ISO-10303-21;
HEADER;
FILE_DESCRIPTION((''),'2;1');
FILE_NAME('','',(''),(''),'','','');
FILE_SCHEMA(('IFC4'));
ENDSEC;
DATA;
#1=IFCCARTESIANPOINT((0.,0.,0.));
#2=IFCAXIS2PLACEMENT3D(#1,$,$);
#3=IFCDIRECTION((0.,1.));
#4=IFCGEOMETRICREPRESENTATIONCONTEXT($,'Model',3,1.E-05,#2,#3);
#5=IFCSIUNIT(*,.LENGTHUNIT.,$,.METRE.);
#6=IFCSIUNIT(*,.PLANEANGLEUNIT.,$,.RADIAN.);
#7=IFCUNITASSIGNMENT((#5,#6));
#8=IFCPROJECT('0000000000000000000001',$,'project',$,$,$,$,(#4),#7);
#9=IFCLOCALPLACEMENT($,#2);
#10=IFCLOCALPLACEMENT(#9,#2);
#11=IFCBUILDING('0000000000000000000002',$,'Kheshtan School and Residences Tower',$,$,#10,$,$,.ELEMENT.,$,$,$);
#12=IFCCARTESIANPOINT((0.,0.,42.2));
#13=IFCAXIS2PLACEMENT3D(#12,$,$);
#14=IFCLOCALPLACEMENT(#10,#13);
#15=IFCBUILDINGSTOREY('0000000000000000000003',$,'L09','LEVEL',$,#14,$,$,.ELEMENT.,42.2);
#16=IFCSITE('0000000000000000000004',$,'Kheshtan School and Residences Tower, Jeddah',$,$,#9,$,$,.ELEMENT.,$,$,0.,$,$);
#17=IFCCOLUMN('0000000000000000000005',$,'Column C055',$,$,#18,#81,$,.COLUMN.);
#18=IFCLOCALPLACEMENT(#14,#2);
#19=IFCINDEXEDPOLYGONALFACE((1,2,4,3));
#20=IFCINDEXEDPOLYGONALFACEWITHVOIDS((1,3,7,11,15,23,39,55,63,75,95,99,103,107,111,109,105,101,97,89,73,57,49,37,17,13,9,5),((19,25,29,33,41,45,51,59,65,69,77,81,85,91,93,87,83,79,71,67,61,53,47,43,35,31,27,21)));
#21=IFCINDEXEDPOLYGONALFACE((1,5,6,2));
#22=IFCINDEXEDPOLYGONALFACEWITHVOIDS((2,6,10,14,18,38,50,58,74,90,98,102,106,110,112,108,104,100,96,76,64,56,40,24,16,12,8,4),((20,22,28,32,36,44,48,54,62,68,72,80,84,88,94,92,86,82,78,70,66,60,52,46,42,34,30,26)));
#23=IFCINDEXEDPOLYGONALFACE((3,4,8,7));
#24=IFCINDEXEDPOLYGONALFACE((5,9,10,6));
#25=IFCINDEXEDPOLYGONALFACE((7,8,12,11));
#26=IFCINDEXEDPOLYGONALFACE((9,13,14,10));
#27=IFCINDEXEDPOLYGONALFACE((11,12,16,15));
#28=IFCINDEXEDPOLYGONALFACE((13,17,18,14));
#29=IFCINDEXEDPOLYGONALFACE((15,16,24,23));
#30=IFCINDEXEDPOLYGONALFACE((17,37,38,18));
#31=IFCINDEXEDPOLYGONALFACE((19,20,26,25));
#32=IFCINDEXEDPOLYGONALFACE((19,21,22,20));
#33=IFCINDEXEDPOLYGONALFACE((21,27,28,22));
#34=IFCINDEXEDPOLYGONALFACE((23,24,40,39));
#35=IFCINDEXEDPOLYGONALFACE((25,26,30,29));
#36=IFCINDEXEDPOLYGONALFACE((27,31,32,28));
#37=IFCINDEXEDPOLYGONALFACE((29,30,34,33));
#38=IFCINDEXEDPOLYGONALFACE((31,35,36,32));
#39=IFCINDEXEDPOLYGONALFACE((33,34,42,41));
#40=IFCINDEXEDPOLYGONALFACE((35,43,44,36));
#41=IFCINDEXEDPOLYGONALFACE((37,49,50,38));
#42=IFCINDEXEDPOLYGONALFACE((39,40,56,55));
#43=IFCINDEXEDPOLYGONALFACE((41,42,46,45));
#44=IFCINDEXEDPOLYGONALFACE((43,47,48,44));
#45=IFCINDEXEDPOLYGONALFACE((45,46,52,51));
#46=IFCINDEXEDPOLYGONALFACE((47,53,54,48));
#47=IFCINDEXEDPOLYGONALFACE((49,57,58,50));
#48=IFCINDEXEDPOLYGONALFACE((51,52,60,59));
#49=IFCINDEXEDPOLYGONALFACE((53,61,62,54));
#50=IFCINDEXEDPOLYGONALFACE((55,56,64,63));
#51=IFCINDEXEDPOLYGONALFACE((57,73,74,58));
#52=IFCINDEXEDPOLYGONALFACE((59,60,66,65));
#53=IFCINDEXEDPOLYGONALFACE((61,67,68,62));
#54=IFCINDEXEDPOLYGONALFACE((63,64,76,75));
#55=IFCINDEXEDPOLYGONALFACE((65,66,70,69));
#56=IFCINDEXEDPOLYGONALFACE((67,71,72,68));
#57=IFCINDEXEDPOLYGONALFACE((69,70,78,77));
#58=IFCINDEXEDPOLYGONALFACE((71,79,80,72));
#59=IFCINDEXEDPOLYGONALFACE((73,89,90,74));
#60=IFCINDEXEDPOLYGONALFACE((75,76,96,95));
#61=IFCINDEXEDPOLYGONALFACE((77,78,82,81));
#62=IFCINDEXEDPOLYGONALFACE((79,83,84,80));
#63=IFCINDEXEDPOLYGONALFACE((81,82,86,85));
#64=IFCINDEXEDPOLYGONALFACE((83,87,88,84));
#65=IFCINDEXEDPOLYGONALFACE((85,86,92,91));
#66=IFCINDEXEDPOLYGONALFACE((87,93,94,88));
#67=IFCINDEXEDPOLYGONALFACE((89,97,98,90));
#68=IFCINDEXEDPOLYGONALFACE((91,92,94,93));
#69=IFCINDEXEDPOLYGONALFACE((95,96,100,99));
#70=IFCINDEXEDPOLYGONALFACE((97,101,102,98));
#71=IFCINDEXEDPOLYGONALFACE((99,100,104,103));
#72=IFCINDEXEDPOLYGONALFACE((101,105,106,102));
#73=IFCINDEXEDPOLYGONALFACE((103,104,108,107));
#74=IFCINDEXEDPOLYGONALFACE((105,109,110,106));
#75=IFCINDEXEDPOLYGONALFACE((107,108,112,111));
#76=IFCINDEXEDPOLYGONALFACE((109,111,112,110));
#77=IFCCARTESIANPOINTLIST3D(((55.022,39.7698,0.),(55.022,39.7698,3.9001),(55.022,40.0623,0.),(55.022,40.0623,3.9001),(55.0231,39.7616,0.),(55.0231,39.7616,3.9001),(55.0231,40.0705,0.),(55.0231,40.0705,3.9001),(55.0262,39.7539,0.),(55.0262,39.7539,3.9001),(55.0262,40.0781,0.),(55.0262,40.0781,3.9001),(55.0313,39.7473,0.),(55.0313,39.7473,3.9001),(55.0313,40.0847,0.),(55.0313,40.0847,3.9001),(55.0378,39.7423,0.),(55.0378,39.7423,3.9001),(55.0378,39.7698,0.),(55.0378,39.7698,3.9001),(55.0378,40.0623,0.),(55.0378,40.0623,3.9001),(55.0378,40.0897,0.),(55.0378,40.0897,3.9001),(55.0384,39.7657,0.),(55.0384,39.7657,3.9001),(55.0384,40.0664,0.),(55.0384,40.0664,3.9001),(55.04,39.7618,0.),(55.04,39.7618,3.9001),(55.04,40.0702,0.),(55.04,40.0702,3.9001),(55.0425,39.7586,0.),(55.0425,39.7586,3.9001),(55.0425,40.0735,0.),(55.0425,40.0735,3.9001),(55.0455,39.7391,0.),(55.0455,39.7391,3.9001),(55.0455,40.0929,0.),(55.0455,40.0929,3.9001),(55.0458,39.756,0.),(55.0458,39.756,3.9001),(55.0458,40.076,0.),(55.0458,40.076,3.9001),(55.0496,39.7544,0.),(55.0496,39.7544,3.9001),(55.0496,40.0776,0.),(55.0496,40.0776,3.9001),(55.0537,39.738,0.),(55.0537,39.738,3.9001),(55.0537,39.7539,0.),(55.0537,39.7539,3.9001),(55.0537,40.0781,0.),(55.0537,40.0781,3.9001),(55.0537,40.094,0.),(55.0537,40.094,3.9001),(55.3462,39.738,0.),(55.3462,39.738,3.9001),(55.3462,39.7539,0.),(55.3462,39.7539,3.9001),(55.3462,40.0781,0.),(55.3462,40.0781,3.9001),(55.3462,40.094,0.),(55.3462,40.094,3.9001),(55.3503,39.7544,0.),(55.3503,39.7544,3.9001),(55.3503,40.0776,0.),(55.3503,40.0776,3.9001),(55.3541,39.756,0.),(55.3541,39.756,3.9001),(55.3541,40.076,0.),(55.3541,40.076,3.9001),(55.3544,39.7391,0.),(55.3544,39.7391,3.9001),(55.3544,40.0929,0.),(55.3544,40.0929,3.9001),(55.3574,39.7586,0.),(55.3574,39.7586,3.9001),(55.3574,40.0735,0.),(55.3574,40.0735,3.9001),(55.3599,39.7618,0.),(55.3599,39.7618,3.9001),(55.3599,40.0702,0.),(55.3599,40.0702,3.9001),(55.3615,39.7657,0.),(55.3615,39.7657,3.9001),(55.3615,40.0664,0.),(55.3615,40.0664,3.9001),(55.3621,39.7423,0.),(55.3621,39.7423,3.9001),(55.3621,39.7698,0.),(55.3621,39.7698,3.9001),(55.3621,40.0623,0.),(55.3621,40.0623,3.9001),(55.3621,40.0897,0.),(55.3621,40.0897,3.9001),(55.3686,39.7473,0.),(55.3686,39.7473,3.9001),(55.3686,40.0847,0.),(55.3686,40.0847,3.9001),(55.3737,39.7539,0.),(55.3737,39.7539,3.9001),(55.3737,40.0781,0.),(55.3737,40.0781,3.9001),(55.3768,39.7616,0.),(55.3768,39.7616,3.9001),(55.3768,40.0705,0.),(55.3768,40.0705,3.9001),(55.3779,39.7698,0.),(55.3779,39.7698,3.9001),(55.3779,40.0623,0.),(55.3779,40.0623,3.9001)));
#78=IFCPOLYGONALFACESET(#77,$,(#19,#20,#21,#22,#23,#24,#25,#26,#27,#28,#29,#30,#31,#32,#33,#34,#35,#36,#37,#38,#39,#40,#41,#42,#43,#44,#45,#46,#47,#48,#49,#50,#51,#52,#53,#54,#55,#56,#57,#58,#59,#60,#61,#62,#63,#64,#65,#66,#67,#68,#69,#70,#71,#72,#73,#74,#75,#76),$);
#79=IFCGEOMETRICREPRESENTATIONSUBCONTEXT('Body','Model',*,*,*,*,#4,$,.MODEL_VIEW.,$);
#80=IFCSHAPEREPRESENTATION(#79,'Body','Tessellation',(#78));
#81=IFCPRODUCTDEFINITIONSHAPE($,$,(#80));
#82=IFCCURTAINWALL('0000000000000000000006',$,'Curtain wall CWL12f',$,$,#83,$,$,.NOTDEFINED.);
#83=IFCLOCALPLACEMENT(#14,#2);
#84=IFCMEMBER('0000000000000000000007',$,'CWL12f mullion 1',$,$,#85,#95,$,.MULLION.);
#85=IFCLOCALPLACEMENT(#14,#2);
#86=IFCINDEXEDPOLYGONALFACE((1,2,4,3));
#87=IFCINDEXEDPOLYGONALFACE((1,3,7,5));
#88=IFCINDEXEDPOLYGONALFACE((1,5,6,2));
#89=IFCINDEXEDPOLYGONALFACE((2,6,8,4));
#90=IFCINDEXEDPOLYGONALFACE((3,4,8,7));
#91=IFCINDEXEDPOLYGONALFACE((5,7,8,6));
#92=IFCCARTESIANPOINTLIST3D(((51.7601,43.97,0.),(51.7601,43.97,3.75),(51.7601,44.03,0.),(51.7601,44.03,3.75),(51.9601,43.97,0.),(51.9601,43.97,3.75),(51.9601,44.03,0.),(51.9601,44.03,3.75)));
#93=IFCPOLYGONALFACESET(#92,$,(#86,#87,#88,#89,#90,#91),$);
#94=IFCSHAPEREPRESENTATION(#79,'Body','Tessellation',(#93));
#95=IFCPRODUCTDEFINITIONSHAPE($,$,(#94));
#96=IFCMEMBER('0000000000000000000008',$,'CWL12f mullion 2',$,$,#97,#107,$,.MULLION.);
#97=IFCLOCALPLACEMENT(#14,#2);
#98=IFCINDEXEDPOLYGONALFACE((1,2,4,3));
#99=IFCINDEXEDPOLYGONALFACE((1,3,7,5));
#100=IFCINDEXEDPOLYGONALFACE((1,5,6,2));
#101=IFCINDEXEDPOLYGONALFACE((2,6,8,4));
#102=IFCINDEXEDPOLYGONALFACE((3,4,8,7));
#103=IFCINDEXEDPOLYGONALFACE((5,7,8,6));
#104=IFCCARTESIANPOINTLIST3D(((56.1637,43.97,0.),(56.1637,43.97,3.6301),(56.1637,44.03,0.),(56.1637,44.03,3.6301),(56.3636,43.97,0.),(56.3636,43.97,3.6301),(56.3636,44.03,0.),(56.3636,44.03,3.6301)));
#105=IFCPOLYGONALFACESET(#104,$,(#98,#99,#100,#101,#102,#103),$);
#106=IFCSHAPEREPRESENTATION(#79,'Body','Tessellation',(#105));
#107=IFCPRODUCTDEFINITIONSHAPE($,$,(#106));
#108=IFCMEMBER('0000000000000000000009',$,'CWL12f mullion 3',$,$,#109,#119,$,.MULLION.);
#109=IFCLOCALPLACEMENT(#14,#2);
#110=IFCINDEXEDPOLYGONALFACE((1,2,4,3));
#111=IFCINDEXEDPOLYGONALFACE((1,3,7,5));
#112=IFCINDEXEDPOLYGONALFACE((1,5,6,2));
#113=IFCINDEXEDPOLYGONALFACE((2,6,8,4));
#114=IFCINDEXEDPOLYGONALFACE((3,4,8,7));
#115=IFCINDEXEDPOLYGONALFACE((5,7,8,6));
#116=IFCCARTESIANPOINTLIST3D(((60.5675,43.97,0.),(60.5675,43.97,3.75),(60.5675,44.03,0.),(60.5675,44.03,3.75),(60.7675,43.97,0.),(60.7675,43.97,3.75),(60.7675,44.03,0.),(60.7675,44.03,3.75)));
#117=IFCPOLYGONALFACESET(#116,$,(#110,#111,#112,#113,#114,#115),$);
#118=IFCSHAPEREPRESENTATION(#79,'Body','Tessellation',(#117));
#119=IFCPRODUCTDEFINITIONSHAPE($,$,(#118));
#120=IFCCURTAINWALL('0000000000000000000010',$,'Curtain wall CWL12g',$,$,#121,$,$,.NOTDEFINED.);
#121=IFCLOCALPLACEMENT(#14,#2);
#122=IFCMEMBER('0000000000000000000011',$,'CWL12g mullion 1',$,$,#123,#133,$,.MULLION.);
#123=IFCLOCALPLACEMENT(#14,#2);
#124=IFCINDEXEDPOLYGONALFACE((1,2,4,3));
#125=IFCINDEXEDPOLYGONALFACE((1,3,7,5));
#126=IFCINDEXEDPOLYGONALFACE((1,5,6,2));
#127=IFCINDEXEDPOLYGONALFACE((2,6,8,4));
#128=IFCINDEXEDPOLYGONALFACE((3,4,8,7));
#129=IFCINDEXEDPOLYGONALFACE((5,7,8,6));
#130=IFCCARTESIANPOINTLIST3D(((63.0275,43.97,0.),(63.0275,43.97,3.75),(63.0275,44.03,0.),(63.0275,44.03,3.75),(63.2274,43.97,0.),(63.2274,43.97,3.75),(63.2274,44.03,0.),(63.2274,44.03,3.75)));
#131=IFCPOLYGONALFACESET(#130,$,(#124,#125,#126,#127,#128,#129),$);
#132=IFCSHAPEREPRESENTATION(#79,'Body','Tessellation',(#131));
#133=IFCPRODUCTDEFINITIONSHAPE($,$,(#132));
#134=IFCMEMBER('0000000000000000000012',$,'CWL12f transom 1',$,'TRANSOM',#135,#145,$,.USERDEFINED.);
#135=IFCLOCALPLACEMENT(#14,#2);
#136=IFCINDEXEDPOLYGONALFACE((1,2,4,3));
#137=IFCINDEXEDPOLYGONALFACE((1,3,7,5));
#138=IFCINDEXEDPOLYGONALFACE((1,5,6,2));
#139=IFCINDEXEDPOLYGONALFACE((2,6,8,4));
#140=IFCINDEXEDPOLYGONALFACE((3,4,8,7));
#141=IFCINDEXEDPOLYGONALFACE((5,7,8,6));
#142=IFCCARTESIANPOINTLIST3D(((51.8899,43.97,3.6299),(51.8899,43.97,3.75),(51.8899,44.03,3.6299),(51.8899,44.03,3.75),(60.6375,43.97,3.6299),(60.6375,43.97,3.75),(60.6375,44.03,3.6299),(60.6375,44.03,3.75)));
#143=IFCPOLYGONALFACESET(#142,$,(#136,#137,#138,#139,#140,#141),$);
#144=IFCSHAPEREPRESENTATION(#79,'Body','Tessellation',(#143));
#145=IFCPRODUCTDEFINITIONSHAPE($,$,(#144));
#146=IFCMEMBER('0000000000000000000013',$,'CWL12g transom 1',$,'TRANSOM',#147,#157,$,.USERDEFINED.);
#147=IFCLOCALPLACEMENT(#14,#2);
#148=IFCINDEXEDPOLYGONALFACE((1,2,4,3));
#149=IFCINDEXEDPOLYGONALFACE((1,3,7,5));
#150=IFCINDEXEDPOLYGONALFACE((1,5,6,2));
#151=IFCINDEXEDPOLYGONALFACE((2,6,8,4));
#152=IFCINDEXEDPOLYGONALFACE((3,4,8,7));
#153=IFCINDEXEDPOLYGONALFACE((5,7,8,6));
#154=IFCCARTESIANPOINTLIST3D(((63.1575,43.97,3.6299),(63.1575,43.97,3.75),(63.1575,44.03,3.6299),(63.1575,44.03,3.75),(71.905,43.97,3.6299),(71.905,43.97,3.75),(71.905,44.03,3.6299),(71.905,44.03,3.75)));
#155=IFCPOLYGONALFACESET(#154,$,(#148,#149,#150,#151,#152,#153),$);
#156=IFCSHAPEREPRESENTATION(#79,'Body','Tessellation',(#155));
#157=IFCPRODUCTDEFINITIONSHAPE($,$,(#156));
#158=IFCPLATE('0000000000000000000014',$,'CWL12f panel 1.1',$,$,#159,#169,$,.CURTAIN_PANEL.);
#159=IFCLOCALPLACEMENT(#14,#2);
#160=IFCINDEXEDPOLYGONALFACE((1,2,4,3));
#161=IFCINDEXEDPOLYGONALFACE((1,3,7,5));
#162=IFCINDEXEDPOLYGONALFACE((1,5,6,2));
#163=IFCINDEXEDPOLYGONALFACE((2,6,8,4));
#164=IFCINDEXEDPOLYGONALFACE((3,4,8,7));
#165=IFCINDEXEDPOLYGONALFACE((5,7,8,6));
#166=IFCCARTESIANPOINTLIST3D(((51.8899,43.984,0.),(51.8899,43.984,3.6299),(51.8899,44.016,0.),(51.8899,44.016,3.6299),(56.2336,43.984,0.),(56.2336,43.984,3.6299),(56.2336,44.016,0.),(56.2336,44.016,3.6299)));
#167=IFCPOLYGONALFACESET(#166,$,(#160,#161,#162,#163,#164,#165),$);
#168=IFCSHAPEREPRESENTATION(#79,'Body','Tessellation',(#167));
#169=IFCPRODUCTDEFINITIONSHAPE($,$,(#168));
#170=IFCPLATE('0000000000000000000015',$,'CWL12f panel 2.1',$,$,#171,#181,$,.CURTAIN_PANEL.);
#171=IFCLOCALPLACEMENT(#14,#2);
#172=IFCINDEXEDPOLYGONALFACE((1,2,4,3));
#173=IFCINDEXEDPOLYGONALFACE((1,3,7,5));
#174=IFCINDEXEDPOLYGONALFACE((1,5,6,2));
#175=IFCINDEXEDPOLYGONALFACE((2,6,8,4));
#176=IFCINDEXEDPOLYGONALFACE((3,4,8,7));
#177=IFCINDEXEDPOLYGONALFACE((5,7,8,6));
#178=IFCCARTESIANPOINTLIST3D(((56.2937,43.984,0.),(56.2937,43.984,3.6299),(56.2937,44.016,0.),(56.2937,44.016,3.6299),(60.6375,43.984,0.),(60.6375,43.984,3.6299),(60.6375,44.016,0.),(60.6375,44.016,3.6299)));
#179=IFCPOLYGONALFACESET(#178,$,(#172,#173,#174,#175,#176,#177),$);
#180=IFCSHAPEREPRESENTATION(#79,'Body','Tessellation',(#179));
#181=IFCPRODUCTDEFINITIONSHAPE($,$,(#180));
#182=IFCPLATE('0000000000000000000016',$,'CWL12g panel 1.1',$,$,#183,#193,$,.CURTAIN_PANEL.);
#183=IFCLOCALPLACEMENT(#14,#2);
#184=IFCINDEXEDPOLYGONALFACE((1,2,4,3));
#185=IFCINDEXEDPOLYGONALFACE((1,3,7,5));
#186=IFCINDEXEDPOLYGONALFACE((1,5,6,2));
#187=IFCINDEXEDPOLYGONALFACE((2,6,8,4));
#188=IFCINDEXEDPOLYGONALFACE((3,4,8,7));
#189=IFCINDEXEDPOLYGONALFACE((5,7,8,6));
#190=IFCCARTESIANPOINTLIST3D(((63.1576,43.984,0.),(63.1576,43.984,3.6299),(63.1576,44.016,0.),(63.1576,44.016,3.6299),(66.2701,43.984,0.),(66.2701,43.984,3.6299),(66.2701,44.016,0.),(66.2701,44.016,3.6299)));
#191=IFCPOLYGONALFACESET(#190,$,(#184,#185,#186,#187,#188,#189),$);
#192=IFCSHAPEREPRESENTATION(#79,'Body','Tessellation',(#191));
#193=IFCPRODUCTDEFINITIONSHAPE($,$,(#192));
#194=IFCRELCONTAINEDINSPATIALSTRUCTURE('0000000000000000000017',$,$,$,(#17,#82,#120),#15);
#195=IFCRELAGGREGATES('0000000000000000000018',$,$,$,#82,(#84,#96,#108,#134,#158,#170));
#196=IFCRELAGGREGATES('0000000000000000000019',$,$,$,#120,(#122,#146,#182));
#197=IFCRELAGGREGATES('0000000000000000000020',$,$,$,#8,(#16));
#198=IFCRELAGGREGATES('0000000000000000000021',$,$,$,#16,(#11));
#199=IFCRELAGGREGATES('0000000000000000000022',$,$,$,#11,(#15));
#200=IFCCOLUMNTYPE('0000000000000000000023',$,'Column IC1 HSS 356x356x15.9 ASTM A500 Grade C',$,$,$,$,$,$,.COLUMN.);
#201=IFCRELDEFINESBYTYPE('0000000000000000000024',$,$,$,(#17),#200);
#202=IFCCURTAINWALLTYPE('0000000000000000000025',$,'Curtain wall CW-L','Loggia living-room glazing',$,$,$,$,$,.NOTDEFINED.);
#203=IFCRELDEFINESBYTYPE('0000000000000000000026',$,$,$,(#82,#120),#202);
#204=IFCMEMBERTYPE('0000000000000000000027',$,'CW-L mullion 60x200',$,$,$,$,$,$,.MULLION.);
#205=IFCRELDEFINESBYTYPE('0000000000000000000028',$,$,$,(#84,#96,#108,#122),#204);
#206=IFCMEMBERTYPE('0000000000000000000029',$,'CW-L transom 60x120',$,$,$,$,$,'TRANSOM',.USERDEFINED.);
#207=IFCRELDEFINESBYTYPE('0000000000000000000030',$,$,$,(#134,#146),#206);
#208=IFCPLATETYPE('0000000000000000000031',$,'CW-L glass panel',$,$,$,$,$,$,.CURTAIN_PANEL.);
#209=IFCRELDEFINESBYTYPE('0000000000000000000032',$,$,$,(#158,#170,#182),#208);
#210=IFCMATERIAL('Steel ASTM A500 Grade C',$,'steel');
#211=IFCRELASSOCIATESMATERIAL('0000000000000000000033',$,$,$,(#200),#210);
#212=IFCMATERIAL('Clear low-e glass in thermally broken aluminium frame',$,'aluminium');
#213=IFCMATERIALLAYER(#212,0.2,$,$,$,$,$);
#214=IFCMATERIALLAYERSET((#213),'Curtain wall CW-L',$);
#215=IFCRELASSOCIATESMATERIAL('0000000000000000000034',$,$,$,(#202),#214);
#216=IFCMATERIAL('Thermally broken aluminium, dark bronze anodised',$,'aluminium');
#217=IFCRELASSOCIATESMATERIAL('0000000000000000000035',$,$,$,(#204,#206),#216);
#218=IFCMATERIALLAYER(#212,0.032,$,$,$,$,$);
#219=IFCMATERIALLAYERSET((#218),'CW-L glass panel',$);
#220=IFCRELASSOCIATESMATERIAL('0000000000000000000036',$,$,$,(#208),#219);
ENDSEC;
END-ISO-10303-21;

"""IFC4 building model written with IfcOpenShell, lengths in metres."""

from ifc_helpers import new_model, si_unit, direction, frame, origin, origin_2d, place, context, subcontext, project, spatial, rectangle, hollow_rectangle, extrude, material, layer, layer_set, material_profile, profile_set, type_object, element, aggregate, save


model = new_model("IFC4")

# Units and contexts
model_context = context("Model", 3, precision=1e-05, world=origin(), true_north=direction((0.0, 1.0)))
body_context = subcontext(model_context, "Body", "Model", "MODEL_VIEW")
ifc_project = project(units=[si_unit("LENGTHUNIT", "METRE"), si_unit("PLANEANGLEUNIT", "RADIAN")], contexts=[model_context])

# Site, building, storey
site_placement = place(None, origin())
site = spatial("IfcSite", under=ifc_project, at=site_placement, Name="Kheshtan School and Residences Tower, Jeddah", CompositionType="ELEMENT", RefElevation=0.0)
building_placement = place(site_placement, origin())
building = spatial("IfcBuilding", under=site, at=building_placement, Name="Kheshtan School and Residences Tower", CompositionType="ELEMENT")
storey_placement = place(building_placement, frame((0.0, 0.0, 42.2)))
storey = spatial("IfcBuildingStorey", under=building, at=storey_placement, Name="L09", Description="LEVEL", CompositionType="ELEMENT", Elevation=42.2)

# Column
ifc_material_1 = material(Name="Steel ASTM A500 Grade C", Category="steel")
ifc_material_profile_1 = material_profile(ifc_material_1, hollow_rectangle(XDim=0.356, YDim=0.356, WallThickness=0.0159, InnerFilletRadius=0.0159, OuterFilletRadius=0.0317, at=origin_2d()), Name="HSS 356x356x15.9")
ifc_profile_set_1 = profile_set([ifc_material_profile_1], Name="Steel ASTM A500 Grade C")
column_type = type_object("IfcColumnType", Name="Column IC1 HSS 356x356x15.9 ASTM A500 Grade C", PredefinedType="COLUMN", material=ifc_profile_set_1)
column_placement = place(storey_placement, frame((55.2, 39.916, 0.0), z_axis=(0.0, 0.0, 1.0), x_axis=(1.0, 0.0, 0.0)))
element("IfcColumn", 1, at=column_placement, inside=storey, type_object=column_type, Name="Column C055", PredefinedType="COLUMN", context=body_context, shape_type="SweptSolid", body=[
    extrude(hollow_rectangle(XDim=0.356, YDim=0.356, WallThickness=0.0159, InnerFilletRadius=0.0159, OuterFilletRadius=0.0317, at=origin_2d()), origin(), (0.0, 0.0, 1.0), 3.9001),
])

# Curtain wall, members
ifc_material_2 = material(Name="Clear low-e glass in thermally broken aluminium frame", Category="aluminium")
ifc_layer_1 = layer(ifc_material_2, 0.2)
ifc_layer_set_1 = layer_set([ifc_layer_1], Name="Curtain wall CW-L")
curtain_wall_type = type_object("IfcCurtainWallType", Name="Curtain wall CW-L", Description="Loggia living-room glazing", PredefinedType="NOTDEFINED", material=ifc_layer_set_1)
curtain_wall_1_placement = place(storey_placement, origin())
curtain_wall_1 = element("IfcCurtainWall", 2, at=curtain_wall_1_placement, inside=storey, type_object=curtain_wall_type, Name="Curtain wall CWL12f", PredefinedType="NOTDEFINED")
ifc_material_3 = material(Name="Thermally broken aluminium, dark bronze anodised", Category="aluminium")
ifc_material_profile_2 = material_profile(ifc_material_3, rectangle(XDim=0.0601, YDim=0.2, at=origin_2d()), Name="CW-L mullion 60x200")
ifc_profile_set_2 = profile_set([ifc_material_profile_2], Name="Thermally broken aluminium, dark bronze anodised")
member_type_1 = type_object("IfcMemberType", Name="CW-L mullion 60x200", PredefinedType="MULLION", material=ifc_profile_set_2)
member_1_placement = place(storey_placement, frame((51.8601, 44.0, 0.0), z_axis=(0.0, 0.0, 1.0), x_axis=(0.0, 1.0, 0.0)))
member_1 = element("IfcMember", 3, at=member_1_placement, type_object=member_type_1, Name="CWL12f mullion 1", PredefinedType="MULLION", context=body_context, shape_type="SweptSolid", body=[
    extrude(rectangle(XDim=0.0601, YDim=0.2, at=origin_2d()), origin(), (0.0, 0.0, 1.0), 3.75),
])
member_2_placement = place(storey_placement, frame((56.2637, 44.0, 0.0), z_axis=(0.0, 0.0, 1.0), x_axis=(0.0, 1.0, 0.0)))
member_2 = element("IfcMember", 4, at=member_2_placement, type_object=member_type_1, Name="CWL12f mullion 2", PredefinedType="MULLION", context=body_context, shape_type="SweptSolid", body=[
    extrude(rectangle(XDim=0.0601, YDim=0.2, at=origin_2d()), origin(), (0.0, 0.0, 1.0), 3.6301),
])
member_3_placement = place(storey_placement, frame((60.6675, 44.0, 0.0), z_axis=(0.0, 0.0, 1.0), x_axis=(0.0, 1.0, 0.0)))
member_3 = element("IfcMember", 5, at=member_3_placement, type_object=member_type_1, Name="CWL12f mullion 3", PredefinedType="MULLION", context=body_context, shape_type="SweptSolid", body=[
    extrude(rectangle(XDim=0.0601, YDim=0.2, at=origin_2d()), origin(), (0.0, 0.0, 1.0), 3.75),
])

# Curtain wall, member
curtain_wall_2_placement = place(storey_placement, origin())
curtain_wall_2 = element("IfcCurtainWall", 6, at=curtain_wall_2_placement, inside=storey, type_object=curtain_wall_type, Name="Curtain wall CWL12g", PredefinedType="NOTDEFINED")
member_4_placement = place(storey_placement, frame((63.1274, 44.0, 0.0), z_axis=(0.0, 0.0, 1.0), x_axis=(0.0, 1.0, 0.0)))
member_4 = element("IfcMember", 7, at=member_4_placement, type_object=member_type_1, Name="CWL12g mullion 1", PredefinedType="MULLION", context=body_context, shape_type="SweptSolid", body=[
    extrude(rectangle(XDim=0.0601, YDim=0.2, at=origin_2d()), origin(), (0.0, 0.0, 1.0), 3.75),
])

# Members
ifc_material_profile_3 = material_profile(ifc_material_3, rectangle(XDim=0.0601, YDim=0.1201, at=origin_2d()), Name="CW-L transom 60x120")
ifc_profile_set_3 = profile_set([ifc_material_profile_3], Name="Thermally broken aluminium, dark bronze anodised")
member_type_2 = type_object("IfcMemberType", Name="CW-L transom 60x120", ElementType="TRANSOM", PredefinedType="USERDEFINED", material=ifc_profile_set_3)
member_5_placement = place(storey_placement, frame((51.8899, 44.0, 3.6899), z_axis=(1.0, 0.0, 0.0), x_axis=(0.0, 1.0, 0.0)))
member_5 = element("IfcMember", 8, at=member_5_placement, type_object=member_type_2, Name="CWL12f transom 1", ObjectType="TRANSOM", PredefinedType="USERDEFINED", context=body_context, shape_type="SweptSolid", body=[
    extrude(rectangle(XDim=0.0601, YDim=0.1201, at=origin_2d()), origin(), (0.0, 0.0, 1.0), 8.7476),
])
member_6_placement = place(storey_placement, frame((63.1575, 44.0, 3.6899), z_axis=(1.0, 0.0, 0.0), x_axis=(0.0, 1.0, 0.0)))
member_6 = element("IfcMember", 9, at=member_6_placement, type_object=member_type_2, Name="CWL12g transom 1", ObjectType="TRANSOM", PredefinedType="USERDEFINED", context=body_context, shape_type="SweptSolid", body=[
    extrude(rectangle(XDim=0.0601, YDim=0.1201, at=origin_2d()), origin(), (0.0, 0.0, 1.0), 8.7476),
])

# Plates
ifc_layer_2 = layer(ifc_material_2, 0.032)
ifc_layer_set_2 = layer_set([ifc_layer_2], Name="CW-L glass panel")
plate_type = type_object("IfcPlateType", Name="CW-L glass panel", PredefinedType="CURTAIN_PANEL", material=ifc_layer_set_2)
plate_1_placement = place(storey_placement, frame((54.0618, 44.0, 0.0), z_axis=(0.0, 0.0, 1.0), x_axis=(1.0, 0.0, 0.0)))
plate_1 = element("IfcPlate", 10, at=plate_1_placement, type_object=plate_type, Name="CWL12f panel 1.1", PredefinedType="CURTAIN_PANEL", context=body_context, shape_type="SweptSolid", body=[
    extrude(rectangle(XDim=4.3438, YDim=0.032, at=origin_2d()), origin(), (0.0, 0.0, 1.0), 3.6299),
])
plate_2_placement = place(storey_placement, frame((58.4656, 44.0, 0.0), z_axis=(0.0, 0.0, 1.0), x_axis=(1.0, 0.0, 0.0)))
plate_2 = element("IfcPlate", 11, at=plate_2_placement, type_object=plate_type, Name="CWL12f panel 2.1", PredefinedType="CURTAIN_PANEL", context=body_context, shape_type="SweptSolid", body=[
    extrude(rectangle(XDim=4.3438, YDim=0.032, at=origin_2d()), origin(), (0.0, 0.0, 1.0), 3.6299),
])
aggregate(curtain_wall_1, [member_1, member_2, member_3, member_5, plate_1, plate_2])
plate_3_placement = place(storey_placement, frame((64.7139, 44.0, 0.0), z_axis=(0.0, 0.0, 1.0), x_axis=(1.0, 0.0, 0.0)))
plate_3 = element("IfcPlate", 12, at=plate_3_placement, type_object=plate_type, Name="CWL12g panel 1.1", PredefinedType="CURTAIN_PANEL", context=body_context, shape_type="SweptSolid", body=[
    extrude(rectangle(XDim=3.1125, YDim=0.032, at=origin_2d()), origin(), (0.0, 0.0, 1.0), 3.6299),
])
aggregate(curtain_wall_2, [member_4, member_6, plate_3])

save(model, "model.ifc")
